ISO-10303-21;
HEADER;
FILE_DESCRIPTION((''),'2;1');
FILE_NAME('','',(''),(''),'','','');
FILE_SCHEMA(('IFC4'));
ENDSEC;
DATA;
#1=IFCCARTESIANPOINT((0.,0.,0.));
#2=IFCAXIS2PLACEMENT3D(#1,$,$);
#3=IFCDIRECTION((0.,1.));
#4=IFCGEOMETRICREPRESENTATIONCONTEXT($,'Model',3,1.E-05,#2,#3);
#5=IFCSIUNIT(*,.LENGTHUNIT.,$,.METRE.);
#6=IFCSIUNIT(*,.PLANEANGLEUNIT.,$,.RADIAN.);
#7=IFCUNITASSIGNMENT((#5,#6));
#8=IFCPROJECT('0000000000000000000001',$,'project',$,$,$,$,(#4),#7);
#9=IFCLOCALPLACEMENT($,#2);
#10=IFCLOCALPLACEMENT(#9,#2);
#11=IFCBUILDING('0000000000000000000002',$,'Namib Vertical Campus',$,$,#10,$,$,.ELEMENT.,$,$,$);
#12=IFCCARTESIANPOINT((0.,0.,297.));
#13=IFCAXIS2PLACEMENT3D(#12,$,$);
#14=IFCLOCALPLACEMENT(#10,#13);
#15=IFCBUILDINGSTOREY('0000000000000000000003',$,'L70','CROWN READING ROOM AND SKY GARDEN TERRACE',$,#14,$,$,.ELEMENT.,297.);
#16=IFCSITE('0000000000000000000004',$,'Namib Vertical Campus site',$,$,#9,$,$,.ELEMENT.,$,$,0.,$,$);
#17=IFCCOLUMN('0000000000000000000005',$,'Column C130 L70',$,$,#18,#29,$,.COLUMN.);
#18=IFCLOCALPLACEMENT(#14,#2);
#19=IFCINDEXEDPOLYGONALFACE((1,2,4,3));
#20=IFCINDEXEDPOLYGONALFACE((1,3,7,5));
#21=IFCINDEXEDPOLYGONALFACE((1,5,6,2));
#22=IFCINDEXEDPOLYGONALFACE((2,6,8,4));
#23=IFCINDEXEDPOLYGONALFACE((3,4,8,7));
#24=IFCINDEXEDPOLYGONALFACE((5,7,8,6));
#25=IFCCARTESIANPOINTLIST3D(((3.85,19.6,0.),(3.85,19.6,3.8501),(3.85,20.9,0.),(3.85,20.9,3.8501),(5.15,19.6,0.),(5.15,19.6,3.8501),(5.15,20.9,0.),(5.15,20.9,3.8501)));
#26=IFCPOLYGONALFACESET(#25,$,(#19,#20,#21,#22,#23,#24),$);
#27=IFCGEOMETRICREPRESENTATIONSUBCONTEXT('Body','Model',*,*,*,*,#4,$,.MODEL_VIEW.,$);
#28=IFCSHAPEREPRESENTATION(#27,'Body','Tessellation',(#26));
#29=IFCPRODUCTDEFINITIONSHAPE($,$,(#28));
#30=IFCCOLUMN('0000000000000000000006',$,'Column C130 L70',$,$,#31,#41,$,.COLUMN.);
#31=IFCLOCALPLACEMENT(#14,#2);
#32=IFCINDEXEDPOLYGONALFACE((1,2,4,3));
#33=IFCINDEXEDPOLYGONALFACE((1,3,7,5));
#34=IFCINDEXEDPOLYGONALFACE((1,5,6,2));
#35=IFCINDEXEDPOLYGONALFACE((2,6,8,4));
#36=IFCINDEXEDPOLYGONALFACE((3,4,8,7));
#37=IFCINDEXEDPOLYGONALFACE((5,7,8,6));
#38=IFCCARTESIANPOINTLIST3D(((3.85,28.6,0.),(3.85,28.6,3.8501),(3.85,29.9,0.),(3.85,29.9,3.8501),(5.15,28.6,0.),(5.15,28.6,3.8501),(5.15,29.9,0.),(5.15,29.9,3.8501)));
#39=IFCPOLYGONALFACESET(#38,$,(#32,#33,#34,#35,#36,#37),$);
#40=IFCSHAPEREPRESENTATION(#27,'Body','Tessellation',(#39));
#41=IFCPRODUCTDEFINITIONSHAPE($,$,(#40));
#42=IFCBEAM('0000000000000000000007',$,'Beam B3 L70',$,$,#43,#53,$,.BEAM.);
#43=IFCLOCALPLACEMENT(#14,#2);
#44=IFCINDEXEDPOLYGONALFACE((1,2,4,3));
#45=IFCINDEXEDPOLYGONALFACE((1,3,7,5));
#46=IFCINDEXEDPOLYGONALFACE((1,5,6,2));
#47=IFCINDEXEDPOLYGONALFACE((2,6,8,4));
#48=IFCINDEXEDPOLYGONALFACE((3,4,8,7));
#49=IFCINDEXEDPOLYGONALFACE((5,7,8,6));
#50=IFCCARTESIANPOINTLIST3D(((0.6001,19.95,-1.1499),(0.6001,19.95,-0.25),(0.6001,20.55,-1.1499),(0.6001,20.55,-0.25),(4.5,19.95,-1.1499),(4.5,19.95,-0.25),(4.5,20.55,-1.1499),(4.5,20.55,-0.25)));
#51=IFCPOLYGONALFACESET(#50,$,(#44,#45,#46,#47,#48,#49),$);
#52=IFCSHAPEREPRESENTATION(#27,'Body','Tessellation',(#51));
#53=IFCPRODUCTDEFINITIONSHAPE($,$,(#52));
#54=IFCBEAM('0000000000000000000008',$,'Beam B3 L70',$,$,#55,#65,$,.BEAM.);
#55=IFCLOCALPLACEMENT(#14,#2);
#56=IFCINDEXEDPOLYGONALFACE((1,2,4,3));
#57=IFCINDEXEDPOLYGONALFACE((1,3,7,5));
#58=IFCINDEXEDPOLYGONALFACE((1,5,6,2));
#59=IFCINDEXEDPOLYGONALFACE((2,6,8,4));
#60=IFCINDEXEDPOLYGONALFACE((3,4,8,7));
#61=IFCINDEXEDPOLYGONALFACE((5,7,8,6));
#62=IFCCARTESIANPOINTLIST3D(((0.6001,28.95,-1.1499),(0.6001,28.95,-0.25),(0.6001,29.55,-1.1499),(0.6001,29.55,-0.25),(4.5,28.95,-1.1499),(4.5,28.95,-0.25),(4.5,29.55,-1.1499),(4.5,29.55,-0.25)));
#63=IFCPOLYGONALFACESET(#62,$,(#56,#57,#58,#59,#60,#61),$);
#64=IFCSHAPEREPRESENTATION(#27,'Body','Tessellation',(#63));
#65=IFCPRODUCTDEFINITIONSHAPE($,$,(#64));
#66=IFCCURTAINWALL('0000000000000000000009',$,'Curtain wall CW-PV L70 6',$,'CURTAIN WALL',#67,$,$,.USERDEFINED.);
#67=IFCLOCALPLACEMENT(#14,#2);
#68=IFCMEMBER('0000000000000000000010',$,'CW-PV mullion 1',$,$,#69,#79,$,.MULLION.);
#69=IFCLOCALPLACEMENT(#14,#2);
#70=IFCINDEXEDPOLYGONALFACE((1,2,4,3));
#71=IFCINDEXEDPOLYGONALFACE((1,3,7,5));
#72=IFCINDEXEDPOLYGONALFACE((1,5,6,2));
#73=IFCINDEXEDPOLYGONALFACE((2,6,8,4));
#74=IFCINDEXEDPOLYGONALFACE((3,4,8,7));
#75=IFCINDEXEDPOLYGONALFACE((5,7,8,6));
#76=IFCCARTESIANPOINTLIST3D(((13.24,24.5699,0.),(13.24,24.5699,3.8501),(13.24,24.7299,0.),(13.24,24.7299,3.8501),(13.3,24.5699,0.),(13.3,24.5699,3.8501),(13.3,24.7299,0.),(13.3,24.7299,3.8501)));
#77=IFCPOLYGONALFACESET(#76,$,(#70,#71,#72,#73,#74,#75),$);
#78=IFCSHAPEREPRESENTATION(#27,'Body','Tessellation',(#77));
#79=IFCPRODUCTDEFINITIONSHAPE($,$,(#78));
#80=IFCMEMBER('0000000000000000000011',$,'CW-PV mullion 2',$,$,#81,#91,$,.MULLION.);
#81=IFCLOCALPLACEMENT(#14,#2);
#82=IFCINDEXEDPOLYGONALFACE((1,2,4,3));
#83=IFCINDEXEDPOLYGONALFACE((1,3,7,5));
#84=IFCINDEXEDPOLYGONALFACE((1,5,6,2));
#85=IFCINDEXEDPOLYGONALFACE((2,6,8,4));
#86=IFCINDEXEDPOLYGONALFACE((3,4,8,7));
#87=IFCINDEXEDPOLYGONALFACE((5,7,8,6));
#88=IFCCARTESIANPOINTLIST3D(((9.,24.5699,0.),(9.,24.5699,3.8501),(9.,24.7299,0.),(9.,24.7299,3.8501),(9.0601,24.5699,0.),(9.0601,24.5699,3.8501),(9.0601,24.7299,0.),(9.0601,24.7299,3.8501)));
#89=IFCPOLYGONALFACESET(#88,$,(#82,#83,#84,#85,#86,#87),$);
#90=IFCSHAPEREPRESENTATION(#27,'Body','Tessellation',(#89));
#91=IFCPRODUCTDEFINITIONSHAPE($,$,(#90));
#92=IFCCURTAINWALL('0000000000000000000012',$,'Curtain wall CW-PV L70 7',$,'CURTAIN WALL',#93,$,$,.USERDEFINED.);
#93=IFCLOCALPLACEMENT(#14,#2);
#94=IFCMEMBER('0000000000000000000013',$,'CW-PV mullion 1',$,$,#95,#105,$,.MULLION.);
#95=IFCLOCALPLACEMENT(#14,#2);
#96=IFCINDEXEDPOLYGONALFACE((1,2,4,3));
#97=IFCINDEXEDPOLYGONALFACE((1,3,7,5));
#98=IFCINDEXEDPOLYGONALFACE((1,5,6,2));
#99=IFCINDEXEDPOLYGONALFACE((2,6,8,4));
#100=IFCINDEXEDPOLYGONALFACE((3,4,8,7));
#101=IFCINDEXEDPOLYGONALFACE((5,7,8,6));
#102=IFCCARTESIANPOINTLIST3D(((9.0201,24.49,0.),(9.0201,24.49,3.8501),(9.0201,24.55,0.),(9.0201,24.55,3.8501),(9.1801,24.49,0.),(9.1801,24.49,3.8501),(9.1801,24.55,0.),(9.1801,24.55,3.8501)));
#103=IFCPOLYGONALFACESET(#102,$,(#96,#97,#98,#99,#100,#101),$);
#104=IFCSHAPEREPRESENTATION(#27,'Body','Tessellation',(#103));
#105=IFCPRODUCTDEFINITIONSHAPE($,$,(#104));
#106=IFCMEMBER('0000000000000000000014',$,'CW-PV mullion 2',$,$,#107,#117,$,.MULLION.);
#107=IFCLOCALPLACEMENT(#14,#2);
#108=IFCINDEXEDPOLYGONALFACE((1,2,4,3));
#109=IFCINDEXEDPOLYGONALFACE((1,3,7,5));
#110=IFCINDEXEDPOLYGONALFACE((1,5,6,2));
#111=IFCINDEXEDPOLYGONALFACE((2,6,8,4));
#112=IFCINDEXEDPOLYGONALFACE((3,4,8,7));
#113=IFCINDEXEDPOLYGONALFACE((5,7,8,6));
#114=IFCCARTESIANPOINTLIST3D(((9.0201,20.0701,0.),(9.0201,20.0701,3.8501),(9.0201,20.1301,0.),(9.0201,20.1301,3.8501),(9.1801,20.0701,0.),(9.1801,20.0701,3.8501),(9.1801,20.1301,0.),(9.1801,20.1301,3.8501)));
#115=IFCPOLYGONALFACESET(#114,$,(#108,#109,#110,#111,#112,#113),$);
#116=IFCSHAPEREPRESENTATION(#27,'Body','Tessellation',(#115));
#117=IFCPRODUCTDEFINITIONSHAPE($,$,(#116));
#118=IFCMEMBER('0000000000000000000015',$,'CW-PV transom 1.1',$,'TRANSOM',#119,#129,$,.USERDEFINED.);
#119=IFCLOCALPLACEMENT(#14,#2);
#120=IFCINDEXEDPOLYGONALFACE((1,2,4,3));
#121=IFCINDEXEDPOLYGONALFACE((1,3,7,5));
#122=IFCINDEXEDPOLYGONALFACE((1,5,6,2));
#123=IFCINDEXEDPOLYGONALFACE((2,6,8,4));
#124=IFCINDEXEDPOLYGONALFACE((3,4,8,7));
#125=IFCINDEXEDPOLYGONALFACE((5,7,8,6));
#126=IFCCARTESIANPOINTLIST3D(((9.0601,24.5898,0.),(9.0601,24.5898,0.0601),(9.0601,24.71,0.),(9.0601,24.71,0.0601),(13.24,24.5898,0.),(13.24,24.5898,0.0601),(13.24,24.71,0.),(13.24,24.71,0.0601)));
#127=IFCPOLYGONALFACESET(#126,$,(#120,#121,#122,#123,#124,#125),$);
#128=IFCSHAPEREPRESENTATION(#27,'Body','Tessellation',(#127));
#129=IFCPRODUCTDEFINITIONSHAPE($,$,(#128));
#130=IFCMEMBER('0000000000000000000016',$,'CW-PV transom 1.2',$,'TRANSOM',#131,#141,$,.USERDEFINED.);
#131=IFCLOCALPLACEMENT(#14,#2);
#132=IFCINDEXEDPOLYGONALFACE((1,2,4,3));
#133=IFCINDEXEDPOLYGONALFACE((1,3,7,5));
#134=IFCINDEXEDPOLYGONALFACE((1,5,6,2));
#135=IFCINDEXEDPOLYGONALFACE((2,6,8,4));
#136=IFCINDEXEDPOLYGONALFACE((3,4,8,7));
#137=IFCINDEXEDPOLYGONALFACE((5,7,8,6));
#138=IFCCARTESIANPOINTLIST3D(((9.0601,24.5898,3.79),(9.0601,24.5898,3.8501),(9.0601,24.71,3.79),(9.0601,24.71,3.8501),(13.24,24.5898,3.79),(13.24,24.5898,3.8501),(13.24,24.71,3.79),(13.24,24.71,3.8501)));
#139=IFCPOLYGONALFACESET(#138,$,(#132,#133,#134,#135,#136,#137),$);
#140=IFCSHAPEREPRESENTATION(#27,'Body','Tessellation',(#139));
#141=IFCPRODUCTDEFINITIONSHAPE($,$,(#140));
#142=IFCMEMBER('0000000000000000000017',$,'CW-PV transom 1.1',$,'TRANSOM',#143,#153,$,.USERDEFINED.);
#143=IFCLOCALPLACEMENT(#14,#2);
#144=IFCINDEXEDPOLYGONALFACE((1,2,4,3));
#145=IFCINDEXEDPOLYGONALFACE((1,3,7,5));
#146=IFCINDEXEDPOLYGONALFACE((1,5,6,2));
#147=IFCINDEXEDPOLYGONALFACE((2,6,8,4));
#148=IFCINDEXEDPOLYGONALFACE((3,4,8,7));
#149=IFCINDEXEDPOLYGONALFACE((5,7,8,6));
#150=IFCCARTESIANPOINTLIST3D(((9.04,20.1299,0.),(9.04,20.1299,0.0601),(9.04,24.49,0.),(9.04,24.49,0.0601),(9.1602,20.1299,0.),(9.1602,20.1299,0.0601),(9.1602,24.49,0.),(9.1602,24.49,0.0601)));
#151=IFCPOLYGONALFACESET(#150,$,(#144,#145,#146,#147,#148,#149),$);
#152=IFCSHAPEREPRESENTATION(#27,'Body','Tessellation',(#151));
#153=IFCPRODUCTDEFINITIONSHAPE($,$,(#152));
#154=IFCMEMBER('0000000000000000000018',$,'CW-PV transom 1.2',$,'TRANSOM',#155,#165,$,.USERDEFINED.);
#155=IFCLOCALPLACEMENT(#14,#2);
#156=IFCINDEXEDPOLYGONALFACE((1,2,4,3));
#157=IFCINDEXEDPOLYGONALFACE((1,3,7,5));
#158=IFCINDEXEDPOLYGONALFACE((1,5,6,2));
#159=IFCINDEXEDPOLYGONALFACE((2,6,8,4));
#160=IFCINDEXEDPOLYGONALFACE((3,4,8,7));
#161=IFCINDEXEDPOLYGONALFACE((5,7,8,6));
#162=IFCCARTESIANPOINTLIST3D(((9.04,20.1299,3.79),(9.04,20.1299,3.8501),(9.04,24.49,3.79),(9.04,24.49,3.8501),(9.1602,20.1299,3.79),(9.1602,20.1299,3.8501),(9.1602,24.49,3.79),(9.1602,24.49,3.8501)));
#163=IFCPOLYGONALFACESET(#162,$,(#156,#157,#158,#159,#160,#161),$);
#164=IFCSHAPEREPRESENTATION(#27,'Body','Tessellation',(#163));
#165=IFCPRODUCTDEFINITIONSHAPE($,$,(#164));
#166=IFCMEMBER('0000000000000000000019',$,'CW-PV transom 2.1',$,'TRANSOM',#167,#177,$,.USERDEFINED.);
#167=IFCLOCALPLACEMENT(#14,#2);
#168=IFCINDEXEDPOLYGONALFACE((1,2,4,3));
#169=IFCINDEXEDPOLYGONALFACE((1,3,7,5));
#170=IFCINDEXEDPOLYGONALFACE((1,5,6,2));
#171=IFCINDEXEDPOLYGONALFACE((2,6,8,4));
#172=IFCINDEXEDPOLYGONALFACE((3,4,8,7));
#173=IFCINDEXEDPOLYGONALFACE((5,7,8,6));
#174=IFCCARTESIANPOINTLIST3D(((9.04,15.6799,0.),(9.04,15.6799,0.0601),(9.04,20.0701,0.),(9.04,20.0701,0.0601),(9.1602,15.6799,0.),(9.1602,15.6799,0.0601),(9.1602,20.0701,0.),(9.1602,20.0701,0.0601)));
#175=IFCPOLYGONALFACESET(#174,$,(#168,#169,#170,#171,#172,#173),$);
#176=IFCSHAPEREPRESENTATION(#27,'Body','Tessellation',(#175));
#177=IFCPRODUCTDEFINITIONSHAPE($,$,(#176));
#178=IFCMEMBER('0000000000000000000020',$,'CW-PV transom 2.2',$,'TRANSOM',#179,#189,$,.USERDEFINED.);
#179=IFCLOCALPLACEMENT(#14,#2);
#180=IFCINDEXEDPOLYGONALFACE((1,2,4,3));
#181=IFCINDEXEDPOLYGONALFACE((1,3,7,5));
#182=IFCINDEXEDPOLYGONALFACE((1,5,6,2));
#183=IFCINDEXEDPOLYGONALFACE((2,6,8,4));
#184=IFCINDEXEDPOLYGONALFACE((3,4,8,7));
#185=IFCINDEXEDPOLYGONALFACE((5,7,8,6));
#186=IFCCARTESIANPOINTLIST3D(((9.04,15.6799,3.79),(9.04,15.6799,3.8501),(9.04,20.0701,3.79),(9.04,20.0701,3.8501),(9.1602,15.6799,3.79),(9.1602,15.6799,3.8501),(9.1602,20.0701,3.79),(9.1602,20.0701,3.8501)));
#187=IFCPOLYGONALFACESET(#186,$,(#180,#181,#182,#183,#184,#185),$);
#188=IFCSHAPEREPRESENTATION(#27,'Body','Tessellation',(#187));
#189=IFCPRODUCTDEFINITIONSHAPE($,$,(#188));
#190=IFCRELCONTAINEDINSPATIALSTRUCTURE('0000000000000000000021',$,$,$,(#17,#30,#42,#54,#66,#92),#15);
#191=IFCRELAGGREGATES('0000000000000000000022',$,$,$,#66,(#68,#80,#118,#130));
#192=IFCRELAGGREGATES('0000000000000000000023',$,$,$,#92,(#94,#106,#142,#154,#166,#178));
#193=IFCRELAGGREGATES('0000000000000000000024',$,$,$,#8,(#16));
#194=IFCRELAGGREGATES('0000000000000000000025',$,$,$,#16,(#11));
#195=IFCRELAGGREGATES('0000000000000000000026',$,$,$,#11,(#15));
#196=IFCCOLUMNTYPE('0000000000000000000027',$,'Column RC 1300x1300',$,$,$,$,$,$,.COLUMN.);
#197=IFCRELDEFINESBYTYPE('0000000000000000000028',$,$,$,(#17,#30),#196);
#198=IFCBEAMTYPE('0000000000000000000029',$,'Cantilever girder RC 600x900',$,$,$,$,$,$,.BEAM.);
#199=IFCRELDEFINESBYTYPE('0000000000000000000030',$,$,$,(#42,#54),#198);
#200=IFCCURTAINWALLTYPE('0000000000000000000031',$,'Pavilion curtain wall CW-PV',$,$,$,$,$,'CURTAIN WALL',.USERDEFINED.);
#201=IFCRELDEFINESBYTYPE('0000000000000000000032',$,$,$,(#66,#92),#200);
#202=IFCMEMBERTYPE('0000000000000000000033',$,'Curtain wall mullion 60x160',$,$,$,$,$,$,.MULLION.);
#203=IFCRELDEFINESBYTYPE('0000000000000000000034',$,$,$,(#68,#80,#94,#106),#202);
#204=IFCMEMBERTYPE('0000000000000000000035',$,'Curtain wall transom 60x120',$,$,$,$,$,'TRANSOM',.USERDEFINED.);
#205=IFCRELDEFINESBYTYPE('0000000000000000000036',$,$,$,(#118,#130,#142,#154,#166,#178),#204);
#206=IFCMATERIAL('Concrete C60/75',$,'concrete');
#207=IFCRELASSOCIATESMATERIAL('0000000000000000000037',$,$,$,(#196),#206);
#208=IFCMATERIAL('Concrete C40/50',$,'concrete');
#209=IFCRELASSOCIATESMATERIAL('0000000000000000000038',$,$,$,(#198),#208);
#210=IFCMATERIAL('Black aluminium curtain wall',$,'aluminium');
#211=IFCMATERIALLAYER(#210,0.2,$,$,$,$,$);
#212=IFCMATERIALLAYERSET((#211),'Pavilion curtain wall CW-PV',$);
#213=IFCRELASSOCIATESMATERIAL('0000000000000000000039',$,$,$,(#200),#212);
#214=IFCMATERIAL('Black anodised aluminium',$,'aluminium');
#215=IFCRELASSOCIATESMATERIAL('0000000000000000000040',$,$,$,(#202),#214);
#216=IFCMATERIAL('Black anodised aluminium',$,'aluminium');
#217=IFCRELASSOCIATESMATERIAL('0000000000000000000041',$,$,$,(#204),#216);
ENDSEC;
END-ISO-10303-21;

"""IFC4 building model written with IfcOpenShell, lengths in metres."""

from ifc_helpers import new_model, si_unit, direction, frame, origin, origin_2d, place, context, subcontext, project, spatial, rectangle, extrude, material, layer, layer_set, material_profile, profile_set, type_object, element, aggregate, save


model = new_model("IFC4")

# Units and contexts
model_context = context("Model", 3, precision=1e-05, world=origin(), true_north=direction((0.0, 1.0)))
body_context = subcontext(model_context, "Body", "Model", "MODEL_VIEW")
ifc_project = project(units=[si_unit("LENGTHUNIT", "METRE"), si_unit("PLANEANGLEUNIT", "RADIAN")], contexts=[model_context])

# Site, building, storey
site_placement = place(None, origin())
site = spatial("IfcSite", under=ifc_project, at=site_placement, Name="Namib Vertical Campus site", CompositionType="ELEMENT", RefElevation=0.0)
building_placement = place(site_placement, origin())
building = spatial("IfcBuilding", under=site, at=building_placement, Name="Namib Vertical Campus", CompositionType="ELEMENT")
storey_placement = place(building_placement, frame((0.0, 0.0, 297.0)))
storey = spatial("IfcBuildingStorey", under=building, at=storey_placement, Name="L70", Description="CROWN READING ROOM AND SKY GARDEN TERRACE", CompositionType="ELEMENT", Elevation=297.0)

# Columns
ifc_material_1 = material(Name="Concrete C60/75", Category="concrete")
ifc_material_profile_1 = material_profile(ifc_material_1, rectangle(XDim=1.3, YDim=1.3, at=origin_2d()))
ifc_profile_set_1 = profile_set([ifc_material_profile_1], Name="Concrete C60/75")
column_type = type_object("IfcColumnType", Name="Column RC 1300x1300", PredefinedType="COLUMN", material=ifc_profile_set_1)
for number, where, z_axis, x_axis, name in (
    (1, (4.5, 20.25, 0.0), (0.0, 0.0, 1.0), (1.0, 0.0, 0.0), "Column C130 L70"),
    (2, (4.5, 29.25, 0.0), (0.0, 0.0, 1.0), (1.0, 0.0, 0.0), "Column C130 L70"),
):
    element("IfcColumn", number, at=place(storey_placement, frame(where, z_axis=z_axis, x_axis=x_axis)), inside=storey, type_object=column_type, Name=name, PredefinedType="COLUMN", context=body_context, shape_type="SweptSolid", body=[
        extrude(rectangle(XDim=1.3, YDim=1.3, at=origin_2d()), origin(), (0.0, 0.0, 1.0), 3.8501),
    ])

# Beams
ifc_material_2 = material(Name="Concrete C40/50", Category="concrete")
ifc_material_profile_2 = material_profile(ifc_material_2, rectangle(XDim=0.6001, YDim=0.8999, at=origin_2d()))
ifc_profile_set_2 = profile_set([ifc_material_profile_2], Name="Concrete C40/50")
beam_type_1 = type_object("IfcBeamType", Name="Cantilever girder RC 600x900", PredefinedType="BEAM", material=ifc_profile_set_2)
for number, where, z_axis, x_axis, name in (
    (3, (4.5, 20.25, -0.7), (-1.0, 0.0, 0.0), (0.0, -1.0, 0.0), "Beam B3 L70"),
    (4, (4.5, 29.25, -0.7), (-1.0, 0.0, 0.0), (0.0, -1.0, 0.0), "Beam B3 L70"),
):
    element("IfcBeam", number, at=place(storey_placement, frame(where, z_axis=z_axis, x_axis=x_axis)), inside=storey, type_object=beam_type_1, Name=name, PredefinedType="BEAM", context=body_context, shape_type="SweptSolid", body=[
        extrude(rectangle(XDim=0.6001, YDim=0.8999, at=origin_2d()), origin(), (0.0, 0.0, 1.0), 3.8999),
    ])

# Curtain walls, members
ifc_material_3 = material(Name="Black aluminium curtain wall", Category="aluminium")
ifc_layer_1 = layer(ifc_material_3, 0.2)
ifc_layer_set_1 = layer_set([ifc_layer_1], Name="Pavilion curtain wall CW-PV")
curtain_wall_type = type_object("IfcCurtainWallType", Name="Pavilion curtain wall CW-PV", ElementType="CURTAIN WALL", PredefinedType="USERDEFINED", material=ifc_layer_set_1)
curtain_wall_1_placement = place(storey_placement, origin())
curtain_wall_1 = element("IfcCurtainWall", 5, at=curtain_wall_1_placement, inside=storey, type_object=curtain_wall_type, Name="Curtain wall CW-PV L70 6", ObjectType="CURTAIN WALL", PredefinedType="USERDEFINED")
ifc_material_4 = material(Name="Black anodised aluminium", Category="aluminium")
ifc_material_profile_3 = material_profile(ifc_material_4, rectangle(XDim=0.0601, YDim=0.1599, at=origin_2d()))
ifc_profile_set_3 = profile_set([ifc_material_profile_3], Name="Black anodised aluminium")
member_type_1 = type_object("IfcMemberType", Name="Curtain wall mullion 60x160", PredefinedType="MULLION", material=ifc_profile_set_3)
member_1_placement = place(storey_placement, frame((13.27, 24.6499, 0.0), z_axis=(0.0, 0.0, 1.0), x_axis=(-1.0, 0.0, 0.0)))
member_1 = element("IfcMember", 6, at=member_1_placement, type_object=member_type_1, Name="CW-PV mullion 1", PredefinedType="MULLION", context=body_context, shape_type="SweptSolid", body=[
    extrude(rectangle(XDim=0.0601, YDim=0.1599, at=origin_2d()), origin(), (0.0, 0.0, 1.0), 3.8501),
])
member_2_placement = place(storey_placement, frame((9.03, 24.6499, 0.0), z_axis=(0.0, 0.0, 1.0), x_axis=(-1.0, 0.0, 0.0)))
member_2 = element("IfcMember", 7, at=member_2_placement, type_object=member_type_1, Name="CW-PV mullion 2", PredefinedType="MULLION", context=body_context, shape_type="SweptSolid", body=[
    extrude(rectangle(XDim=0.0601, YDim=0.1599, at=origin_2d()), origin(), (0.0, 0.0, 1.0), 3.8501),
])
curtain_wall_2_placement = place(storey_placement, origin())
curtain_wall_2 = element("IfcCurtainWall", 8, at=curtain_wall_2_placement, inside=storey, type_object=curtain_wall_type, Name="Curtain wall CW-PV L70 7", ObjectType="CURTAIN WALL", PredefinedType="USERDEFINED")
member_3_placement = place(storey_placement, frame((9.1001, 24.52, 0.0), z_axis=(0.0, 0.0, 1.0), x_axis=(0.0, -1.0, 0.0)))
member_3 = element("IfcMember", 9, at=member_3_placement, type_object=member_type_1, Name="CW-PV mullion 1", PredefinedType="MULLION", context=body_context, shape_type="SweptSolid", body=[
    extrude(rectangle(XDim=0.0601, YDim=0.1599, at=origin_2d()), origin(), (0.0, 0.0, 1.0), 3.8501),
])
member_4_placement = place(storey_placement, frame((9.1001, 20.1001, 0.0), z_axis=(0.0, 0.0, 1.0), x_axis=(0.0, -1.0, 0.0)))
member_4 = element("IfcMember", 10, at=member_4_placement, type_object=member_type_1, Name="CW-PV mullion 2", PredefinedType="MULLION", context=body_context, shape_type="SweptSolid", body=[
    extrude(rectangle(XDim=0.0601, YDim=0.1599, at=origin_2d()), origin(), (0.0, 0.0, 1.0), 3.8501),
])

# Members
ifc_material_5 = material(Name="Black anodised aluminium", Category="aluminium")
ifc_material_profile_4 = material_profile(ifc_material_5, rectangle(XDim=0.0601, YDim=0.1201, at=origin_2d()))
ifc_profile_set_4 = profile_set([ifc_material_profile_4], Name="Black anodised aluminium")
member_type_2 = type_object("IfcMemberType", Name="Curtain wall transom 60x120", ElementType="TRANSOM", PredefinedType="USERDEFINED", material=ifc_profile_set_4)
member_5_placement = place(storey_placement, frame((13.24, 24.6499, 0.03), z_axis=(-1.0, 0.0, 0.0), x_axis=(0.0, 0.0, 1.0)))
member_5 = element("IfcMember", 11, at=member_5_placement, type_object=member_type_2, Name="CW-PV transom 1.1", ObjectType="TRANSOM", PredefinedType="USERDEFINED", context=body_context, shape_type="SweptSolid", body=[
    extrude(rectangle(XDim=0.0601, YDim=0.1201, at=origin_2d()), origin(), (0.0, 0.0, 1.0), 4.1799),
])
member_6_placement = place(storey_placement, frame((13.24, 24.6499, 3.8201), z_axis=(-1.0, 0.0, 0.0), x_axis=(0.0, 0.0, 1.0)))
member_6 = element("IfcMember", 12, at=member_6_placement, type_object=member_type_2, Name="CW-PV transom 1.2", ObjectType="TRANSOM", PredefinedType="USERDEFINED", context=body_context, shape_type="SweptSolid", body=[
    extrude(rectangle(XDim=0.0601, YDim=0.1201, at=origin_2d()), origin(), (0.0, 0.0, 1.0), 4.1799),
])
member_7_placement = place(storey_placement, frame((9.1001, 24.49, 0.03), z_axis=(0.0, -1.0, 0.0), x_axis=(0.0, 0.0, 1.0)))
member_7 = element("IfcMember", 13, at=member_7_placement, type_object=member_type_2, Name="CW-PV transom 1.1", ObjectType="TRANSOM", PredefinedType="USERDEFINED", context=body_context, shape_type="SweptSolid", body=[
    extrude(rectangle(XDim=0.0601, YDim=0.1201, at=origin_2d()), origin(), (0.0, 0.0, 1.0), 4.3601),
])
member_8_placement = place(storey_placement, frame((9.1001, 24.49, 3.8201), z_axis=(0.0, -1.0, 0.0), x_axis=(0.0, 0.0, 1.0)))
member_8 = element("IfcMember", 14, at=member_8_placement, type_object=member_type_2, Name="CW-PV transom 1.2", ObjectType="TRANSOM", PredefinedType="USERDEFINED", context=body_context, shape_type="SweptSolid", body=[
    extrude(rectangle(XDim=0.0601, YDim=0.1201, at=origin_2d()), origin(), (0.0, 0.0, 1.0), 4.3601),
])
member_9_placement = place(storey_placement, frame((9.1001, 20.0701, 0.03), z_axis=(0.0, -1.0, 0.0), x_axis=(0.0, 0.0, 1.0)))
member_9 = element("IfcMember", 15, at=member_9_placement, type_object=member_type_2, Name="CW-PV transom 2.1", ObjectType="TRANSOM", PredefinedType="USERDEFINED", context=body_context, shape_type="SweptSolid", body=[
    extrude(rectangle(XDim=0.0601, YDim=0.1201, at=origin_2d()), origin(), (0.0, 0.0, 1.0), 4.3901),
])
member_10_placement = place(storey_placement, frame((9.1001, 20.0701, 3.8201), z_axis=(0.0, -1.0, 0.0), x_axis=(0.0, 0.0, 1.0)))
member_10 = element("IfcMember", 16, at=member_10_placement, type_object=member_type_2, Name="CW-PV transom 2.2", ObjectType="TRANSOM", PredefinedType="USERDEFINED", context=body_context, shape_type="SweptSolid", body=[
    extrude(rectangle(XDim=0.0601, YDim=0.1201, at=origin_2d()), origin(), (0.0, 0.0, 1.0), 4.3901),
])

aggregate(curtain_wall_1, [member_1, member_2, member_5, member_6])
aggregate(curtain_wall_2, [member_3, member_4, member_7, member_8, member_9, member_10])

save(model, "model.ifc")
